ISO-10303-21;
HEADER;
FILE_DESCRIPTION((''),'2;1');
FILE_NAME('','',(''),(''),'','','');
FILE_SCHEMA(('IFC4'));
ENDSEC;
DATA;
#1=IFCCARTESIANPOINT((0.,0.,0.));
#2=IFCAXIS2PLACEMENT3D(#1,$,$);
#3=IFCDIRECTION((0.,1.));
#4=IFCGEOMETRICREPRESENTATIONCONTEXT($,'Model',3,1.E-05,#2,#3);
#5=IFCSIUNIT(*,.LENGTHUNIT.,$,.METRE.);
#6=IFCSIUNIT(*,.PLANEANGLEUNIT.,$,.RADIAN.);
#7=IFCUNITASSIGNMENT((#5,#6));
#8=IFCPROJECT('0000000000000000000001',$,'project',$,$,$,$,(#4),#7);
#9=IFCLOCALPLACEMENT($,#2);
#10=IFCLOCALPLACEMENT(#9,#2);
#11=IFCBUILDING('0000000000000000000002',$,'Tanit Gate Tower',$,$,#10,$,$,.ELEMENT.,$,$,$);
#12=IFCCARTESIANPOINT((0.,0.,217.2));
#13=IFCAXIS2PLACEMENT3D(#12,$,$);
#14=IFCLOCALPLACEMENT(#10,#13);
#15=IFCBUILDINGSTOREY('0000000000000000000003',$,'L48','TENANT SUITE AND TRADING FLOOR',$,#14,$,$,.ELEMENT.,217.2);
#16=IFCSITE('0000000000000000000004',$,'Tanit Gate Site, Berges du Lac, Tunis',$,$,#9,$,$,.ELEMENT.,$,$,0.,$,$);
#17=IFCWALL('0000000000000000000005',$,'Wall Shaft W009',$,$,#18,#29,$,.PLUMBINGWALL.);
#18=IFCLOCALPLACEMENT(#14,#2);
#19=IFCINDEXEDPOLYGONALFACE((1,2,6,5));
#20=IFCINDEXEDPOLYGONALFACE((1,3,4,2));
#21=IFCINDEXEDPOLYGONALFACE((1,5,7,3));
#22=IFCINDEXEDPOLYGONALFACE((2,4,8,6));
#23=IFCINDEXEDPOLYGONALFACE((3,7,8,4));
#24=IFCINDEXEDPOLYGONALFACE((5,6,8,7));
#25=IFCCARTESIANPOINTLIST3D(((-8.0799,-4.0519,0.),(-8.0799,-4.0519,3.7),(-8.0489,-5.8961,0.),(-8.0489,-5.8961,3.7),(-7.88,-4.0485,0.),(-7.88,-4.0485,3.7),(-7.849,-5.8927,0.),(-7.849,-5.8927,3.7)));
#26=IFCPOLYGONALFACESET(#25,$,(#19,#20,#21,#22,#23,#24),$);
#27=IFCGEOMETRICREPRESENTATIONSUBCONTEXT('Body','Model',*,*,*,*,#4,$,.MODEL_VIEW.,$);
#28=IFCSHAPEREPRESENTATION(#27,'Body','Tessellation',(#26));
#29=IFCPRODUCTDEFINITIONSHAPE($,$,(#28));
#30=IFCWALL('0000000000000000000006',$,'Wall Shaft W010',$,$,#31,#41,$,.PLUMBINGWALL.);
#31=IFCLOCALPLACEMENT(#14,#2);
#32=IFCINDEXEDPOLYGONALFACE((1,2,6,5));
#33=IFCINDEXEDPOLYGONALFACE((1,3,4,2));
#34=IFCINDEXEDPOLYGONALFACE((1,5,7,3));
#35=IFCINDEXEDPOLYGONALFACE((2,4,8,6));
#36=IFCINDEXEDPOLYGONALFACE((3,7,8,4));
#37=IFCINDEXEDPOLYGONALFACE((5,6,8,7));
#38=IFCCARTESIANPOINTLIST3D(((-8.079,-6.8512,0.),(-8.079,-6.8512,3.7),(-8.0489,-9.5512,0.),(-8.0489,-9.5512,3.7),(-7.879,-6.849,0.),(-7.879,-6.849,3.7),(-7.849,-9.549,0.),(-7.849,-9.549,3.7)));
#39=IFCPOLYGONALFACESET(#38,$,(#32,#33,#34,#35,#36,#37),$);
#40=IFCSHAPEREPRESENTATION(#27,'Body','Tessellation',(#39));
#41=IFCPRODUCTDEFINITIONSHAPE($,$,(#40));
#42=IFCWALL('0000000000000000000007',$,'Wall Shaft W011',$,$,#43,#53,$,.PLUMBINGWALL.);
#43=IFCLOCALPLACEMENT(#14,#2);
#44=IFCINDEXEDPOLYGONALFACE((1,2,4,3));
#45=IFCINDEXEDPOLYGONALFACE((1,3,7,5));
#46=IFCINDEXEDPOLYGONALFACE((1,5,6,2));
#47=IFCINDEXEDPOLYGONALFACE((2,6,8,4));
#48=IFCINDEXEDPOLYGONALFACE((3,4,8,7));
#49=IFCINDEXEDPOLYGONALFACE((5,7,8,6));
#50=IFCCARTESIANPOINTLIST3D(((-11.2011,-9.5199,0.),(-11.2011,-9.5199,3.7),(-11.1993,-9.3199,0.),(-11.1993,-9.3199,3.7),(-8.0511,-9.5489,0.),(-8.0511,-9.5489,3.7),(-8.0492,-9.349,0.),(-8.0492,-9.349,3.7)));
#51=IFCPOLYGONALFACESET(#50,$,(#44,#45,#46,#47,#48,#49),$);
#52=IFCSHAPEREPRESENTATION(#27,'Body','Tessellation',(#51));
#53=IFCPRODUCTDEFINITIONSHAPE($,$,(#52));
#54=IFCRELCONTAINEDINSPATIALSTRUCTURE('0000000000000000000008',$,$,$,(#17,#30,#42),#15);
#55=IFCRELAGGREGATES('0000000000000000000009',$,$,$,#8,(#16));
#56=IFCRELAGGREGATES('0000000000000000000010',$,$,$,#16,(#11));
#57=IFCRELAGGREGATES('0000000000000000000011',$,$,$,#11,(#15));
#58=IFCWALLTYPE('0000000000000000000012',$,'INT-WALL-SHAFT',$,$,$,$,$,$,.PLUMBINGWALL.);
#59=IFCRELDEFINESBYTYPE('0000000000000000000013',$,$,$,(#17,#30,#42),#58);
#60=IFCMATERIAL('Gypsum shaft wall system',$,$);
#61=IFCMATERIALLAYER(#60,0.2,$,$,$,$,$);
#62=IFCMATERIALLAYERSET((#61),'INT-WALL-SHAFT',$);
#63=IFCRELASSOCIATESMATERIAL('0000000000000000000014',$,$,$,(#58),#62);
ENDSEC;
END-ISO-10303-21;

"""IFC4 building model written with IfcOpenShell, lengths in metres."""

from ifc_helpers import new_model, si_unit, direction, frame, frame_2d, origin, place, context, subcontext, project, spatial, rectangle, extrude, material, layer, layer_set, type_object, element, save


model = new_model("IFC4")

# Units and contexts
model_context = context("Model", 3, precision=1e-05, world=origin(), true_north=direction((0.0, 1.0)))
body_context = subcontext(model_context, "Body", "Model", "MODEL_VIEW")
ifc_project = project(units=[si_unit("LENGTHUNIT", "METRE"), si_unit("PLANEANGLEUNIT", "RADIAN")], contexts=[model_context])

# Site, building, storey
site_placement = place(None, origin())
site = spatial("IfcSite", under=ifc_project, at=site_placement, Name="Tanit Gate Site, Berges du Lac, Tunis", CompositionType="ELEMENT", RefElevation=0.0)
building_placement = place(site_placement, origin())
building = spatial("IfcBuilding", under=site, at=building_placement, Name="Tanit Gate Tower", CompositionType="ELEMENT")
storey_placement = place(building_placement, frame((0.0, 0.0, 217.2)))
storey = spatial("IfcBuildingStorey", under=building, at=storey_placement, Name="L48", Description="TENANT SUITE AND TRADING FLOOR", CompositionType="ELEMENT", Elevation=217.2)

# Walls
ifc_material_1 = material(Name="Gypsum shaft wall system")
ifc_layer_1 = layer(ifc_material_1, 0.2)
ifc_layer_set_1 = layer_set([ifc_layer_1], Name="INT-WALL-SHAFT")
wall_type_1 = type_object("IfcWallType", Name="INT-WALL-SHAFT", PredefinedType="PLUMBINGWALL", material=ifc_layer_set_1)
wall_1_placement = place(storey_placement, frame((-7.98, -4.05, 0.0), z_axis=(0.0, 0.0, 1.0), x_axis=(0.01681, -0.999859, 0.0)))
element("IfcWall", 1, at=wall_1_placement, inside=storey, type_object=wall_type_1, Name="Wall Shaft W009", PredefinedType="PLUMBINGWALL", context=body_context, shape_type="SweptSolid", body=[
    extrude(rectangle(XDim=1.8445, YDim=0.2, at=frame_2d((0.9224, 0.0))), origin(), (0.0, 0.0, 1.0), 3.7),
])
wall_2_placement = place(storey_placement, frame((-7.979, -6.8501, 0.0), z_axis=(0.0, 0.0, 1.0), x_axis=(0.011121, -0.999938, 0.0)))
element("IfcWall", 2, at=wall_2_placement, inside=storey, type_object=wall_type_1, Name="Wall Shaft W010", PredefinedType="PLUMBINGWALL", context=body_context, shape_type="SweptSolid", body=[
    extrude(rectangle(XDim=2.7002, YDim=0.2, at=frame_2d((1.3501, 0.0))), origin(), (0.0, 0.0, 1.0), 3.7),
])
wall_3_placement = place(storey_placement, frame((-8.05, -9.449, 0.0), z_axis=(0.0, 0.0, 1.0), x_axis=(-0.999957, 0.009223, 0.0)))
element("IfcWall", 3, at=wall_3_placement, inside=storey, type_object=wall_type_1, Name="Wall Shaft W011", PredefinedType="PLUMBINGWALL", context=body_context, shape_type="SweptSolid", body=[
    extrude(rectangle(XDim=3.1501, YDim=0.2, at=frame_2d((1.5752, 0.0))), origin(), (0.0, 0.0, 1.0), 3.7),
])

save(model, "model.ifc")
